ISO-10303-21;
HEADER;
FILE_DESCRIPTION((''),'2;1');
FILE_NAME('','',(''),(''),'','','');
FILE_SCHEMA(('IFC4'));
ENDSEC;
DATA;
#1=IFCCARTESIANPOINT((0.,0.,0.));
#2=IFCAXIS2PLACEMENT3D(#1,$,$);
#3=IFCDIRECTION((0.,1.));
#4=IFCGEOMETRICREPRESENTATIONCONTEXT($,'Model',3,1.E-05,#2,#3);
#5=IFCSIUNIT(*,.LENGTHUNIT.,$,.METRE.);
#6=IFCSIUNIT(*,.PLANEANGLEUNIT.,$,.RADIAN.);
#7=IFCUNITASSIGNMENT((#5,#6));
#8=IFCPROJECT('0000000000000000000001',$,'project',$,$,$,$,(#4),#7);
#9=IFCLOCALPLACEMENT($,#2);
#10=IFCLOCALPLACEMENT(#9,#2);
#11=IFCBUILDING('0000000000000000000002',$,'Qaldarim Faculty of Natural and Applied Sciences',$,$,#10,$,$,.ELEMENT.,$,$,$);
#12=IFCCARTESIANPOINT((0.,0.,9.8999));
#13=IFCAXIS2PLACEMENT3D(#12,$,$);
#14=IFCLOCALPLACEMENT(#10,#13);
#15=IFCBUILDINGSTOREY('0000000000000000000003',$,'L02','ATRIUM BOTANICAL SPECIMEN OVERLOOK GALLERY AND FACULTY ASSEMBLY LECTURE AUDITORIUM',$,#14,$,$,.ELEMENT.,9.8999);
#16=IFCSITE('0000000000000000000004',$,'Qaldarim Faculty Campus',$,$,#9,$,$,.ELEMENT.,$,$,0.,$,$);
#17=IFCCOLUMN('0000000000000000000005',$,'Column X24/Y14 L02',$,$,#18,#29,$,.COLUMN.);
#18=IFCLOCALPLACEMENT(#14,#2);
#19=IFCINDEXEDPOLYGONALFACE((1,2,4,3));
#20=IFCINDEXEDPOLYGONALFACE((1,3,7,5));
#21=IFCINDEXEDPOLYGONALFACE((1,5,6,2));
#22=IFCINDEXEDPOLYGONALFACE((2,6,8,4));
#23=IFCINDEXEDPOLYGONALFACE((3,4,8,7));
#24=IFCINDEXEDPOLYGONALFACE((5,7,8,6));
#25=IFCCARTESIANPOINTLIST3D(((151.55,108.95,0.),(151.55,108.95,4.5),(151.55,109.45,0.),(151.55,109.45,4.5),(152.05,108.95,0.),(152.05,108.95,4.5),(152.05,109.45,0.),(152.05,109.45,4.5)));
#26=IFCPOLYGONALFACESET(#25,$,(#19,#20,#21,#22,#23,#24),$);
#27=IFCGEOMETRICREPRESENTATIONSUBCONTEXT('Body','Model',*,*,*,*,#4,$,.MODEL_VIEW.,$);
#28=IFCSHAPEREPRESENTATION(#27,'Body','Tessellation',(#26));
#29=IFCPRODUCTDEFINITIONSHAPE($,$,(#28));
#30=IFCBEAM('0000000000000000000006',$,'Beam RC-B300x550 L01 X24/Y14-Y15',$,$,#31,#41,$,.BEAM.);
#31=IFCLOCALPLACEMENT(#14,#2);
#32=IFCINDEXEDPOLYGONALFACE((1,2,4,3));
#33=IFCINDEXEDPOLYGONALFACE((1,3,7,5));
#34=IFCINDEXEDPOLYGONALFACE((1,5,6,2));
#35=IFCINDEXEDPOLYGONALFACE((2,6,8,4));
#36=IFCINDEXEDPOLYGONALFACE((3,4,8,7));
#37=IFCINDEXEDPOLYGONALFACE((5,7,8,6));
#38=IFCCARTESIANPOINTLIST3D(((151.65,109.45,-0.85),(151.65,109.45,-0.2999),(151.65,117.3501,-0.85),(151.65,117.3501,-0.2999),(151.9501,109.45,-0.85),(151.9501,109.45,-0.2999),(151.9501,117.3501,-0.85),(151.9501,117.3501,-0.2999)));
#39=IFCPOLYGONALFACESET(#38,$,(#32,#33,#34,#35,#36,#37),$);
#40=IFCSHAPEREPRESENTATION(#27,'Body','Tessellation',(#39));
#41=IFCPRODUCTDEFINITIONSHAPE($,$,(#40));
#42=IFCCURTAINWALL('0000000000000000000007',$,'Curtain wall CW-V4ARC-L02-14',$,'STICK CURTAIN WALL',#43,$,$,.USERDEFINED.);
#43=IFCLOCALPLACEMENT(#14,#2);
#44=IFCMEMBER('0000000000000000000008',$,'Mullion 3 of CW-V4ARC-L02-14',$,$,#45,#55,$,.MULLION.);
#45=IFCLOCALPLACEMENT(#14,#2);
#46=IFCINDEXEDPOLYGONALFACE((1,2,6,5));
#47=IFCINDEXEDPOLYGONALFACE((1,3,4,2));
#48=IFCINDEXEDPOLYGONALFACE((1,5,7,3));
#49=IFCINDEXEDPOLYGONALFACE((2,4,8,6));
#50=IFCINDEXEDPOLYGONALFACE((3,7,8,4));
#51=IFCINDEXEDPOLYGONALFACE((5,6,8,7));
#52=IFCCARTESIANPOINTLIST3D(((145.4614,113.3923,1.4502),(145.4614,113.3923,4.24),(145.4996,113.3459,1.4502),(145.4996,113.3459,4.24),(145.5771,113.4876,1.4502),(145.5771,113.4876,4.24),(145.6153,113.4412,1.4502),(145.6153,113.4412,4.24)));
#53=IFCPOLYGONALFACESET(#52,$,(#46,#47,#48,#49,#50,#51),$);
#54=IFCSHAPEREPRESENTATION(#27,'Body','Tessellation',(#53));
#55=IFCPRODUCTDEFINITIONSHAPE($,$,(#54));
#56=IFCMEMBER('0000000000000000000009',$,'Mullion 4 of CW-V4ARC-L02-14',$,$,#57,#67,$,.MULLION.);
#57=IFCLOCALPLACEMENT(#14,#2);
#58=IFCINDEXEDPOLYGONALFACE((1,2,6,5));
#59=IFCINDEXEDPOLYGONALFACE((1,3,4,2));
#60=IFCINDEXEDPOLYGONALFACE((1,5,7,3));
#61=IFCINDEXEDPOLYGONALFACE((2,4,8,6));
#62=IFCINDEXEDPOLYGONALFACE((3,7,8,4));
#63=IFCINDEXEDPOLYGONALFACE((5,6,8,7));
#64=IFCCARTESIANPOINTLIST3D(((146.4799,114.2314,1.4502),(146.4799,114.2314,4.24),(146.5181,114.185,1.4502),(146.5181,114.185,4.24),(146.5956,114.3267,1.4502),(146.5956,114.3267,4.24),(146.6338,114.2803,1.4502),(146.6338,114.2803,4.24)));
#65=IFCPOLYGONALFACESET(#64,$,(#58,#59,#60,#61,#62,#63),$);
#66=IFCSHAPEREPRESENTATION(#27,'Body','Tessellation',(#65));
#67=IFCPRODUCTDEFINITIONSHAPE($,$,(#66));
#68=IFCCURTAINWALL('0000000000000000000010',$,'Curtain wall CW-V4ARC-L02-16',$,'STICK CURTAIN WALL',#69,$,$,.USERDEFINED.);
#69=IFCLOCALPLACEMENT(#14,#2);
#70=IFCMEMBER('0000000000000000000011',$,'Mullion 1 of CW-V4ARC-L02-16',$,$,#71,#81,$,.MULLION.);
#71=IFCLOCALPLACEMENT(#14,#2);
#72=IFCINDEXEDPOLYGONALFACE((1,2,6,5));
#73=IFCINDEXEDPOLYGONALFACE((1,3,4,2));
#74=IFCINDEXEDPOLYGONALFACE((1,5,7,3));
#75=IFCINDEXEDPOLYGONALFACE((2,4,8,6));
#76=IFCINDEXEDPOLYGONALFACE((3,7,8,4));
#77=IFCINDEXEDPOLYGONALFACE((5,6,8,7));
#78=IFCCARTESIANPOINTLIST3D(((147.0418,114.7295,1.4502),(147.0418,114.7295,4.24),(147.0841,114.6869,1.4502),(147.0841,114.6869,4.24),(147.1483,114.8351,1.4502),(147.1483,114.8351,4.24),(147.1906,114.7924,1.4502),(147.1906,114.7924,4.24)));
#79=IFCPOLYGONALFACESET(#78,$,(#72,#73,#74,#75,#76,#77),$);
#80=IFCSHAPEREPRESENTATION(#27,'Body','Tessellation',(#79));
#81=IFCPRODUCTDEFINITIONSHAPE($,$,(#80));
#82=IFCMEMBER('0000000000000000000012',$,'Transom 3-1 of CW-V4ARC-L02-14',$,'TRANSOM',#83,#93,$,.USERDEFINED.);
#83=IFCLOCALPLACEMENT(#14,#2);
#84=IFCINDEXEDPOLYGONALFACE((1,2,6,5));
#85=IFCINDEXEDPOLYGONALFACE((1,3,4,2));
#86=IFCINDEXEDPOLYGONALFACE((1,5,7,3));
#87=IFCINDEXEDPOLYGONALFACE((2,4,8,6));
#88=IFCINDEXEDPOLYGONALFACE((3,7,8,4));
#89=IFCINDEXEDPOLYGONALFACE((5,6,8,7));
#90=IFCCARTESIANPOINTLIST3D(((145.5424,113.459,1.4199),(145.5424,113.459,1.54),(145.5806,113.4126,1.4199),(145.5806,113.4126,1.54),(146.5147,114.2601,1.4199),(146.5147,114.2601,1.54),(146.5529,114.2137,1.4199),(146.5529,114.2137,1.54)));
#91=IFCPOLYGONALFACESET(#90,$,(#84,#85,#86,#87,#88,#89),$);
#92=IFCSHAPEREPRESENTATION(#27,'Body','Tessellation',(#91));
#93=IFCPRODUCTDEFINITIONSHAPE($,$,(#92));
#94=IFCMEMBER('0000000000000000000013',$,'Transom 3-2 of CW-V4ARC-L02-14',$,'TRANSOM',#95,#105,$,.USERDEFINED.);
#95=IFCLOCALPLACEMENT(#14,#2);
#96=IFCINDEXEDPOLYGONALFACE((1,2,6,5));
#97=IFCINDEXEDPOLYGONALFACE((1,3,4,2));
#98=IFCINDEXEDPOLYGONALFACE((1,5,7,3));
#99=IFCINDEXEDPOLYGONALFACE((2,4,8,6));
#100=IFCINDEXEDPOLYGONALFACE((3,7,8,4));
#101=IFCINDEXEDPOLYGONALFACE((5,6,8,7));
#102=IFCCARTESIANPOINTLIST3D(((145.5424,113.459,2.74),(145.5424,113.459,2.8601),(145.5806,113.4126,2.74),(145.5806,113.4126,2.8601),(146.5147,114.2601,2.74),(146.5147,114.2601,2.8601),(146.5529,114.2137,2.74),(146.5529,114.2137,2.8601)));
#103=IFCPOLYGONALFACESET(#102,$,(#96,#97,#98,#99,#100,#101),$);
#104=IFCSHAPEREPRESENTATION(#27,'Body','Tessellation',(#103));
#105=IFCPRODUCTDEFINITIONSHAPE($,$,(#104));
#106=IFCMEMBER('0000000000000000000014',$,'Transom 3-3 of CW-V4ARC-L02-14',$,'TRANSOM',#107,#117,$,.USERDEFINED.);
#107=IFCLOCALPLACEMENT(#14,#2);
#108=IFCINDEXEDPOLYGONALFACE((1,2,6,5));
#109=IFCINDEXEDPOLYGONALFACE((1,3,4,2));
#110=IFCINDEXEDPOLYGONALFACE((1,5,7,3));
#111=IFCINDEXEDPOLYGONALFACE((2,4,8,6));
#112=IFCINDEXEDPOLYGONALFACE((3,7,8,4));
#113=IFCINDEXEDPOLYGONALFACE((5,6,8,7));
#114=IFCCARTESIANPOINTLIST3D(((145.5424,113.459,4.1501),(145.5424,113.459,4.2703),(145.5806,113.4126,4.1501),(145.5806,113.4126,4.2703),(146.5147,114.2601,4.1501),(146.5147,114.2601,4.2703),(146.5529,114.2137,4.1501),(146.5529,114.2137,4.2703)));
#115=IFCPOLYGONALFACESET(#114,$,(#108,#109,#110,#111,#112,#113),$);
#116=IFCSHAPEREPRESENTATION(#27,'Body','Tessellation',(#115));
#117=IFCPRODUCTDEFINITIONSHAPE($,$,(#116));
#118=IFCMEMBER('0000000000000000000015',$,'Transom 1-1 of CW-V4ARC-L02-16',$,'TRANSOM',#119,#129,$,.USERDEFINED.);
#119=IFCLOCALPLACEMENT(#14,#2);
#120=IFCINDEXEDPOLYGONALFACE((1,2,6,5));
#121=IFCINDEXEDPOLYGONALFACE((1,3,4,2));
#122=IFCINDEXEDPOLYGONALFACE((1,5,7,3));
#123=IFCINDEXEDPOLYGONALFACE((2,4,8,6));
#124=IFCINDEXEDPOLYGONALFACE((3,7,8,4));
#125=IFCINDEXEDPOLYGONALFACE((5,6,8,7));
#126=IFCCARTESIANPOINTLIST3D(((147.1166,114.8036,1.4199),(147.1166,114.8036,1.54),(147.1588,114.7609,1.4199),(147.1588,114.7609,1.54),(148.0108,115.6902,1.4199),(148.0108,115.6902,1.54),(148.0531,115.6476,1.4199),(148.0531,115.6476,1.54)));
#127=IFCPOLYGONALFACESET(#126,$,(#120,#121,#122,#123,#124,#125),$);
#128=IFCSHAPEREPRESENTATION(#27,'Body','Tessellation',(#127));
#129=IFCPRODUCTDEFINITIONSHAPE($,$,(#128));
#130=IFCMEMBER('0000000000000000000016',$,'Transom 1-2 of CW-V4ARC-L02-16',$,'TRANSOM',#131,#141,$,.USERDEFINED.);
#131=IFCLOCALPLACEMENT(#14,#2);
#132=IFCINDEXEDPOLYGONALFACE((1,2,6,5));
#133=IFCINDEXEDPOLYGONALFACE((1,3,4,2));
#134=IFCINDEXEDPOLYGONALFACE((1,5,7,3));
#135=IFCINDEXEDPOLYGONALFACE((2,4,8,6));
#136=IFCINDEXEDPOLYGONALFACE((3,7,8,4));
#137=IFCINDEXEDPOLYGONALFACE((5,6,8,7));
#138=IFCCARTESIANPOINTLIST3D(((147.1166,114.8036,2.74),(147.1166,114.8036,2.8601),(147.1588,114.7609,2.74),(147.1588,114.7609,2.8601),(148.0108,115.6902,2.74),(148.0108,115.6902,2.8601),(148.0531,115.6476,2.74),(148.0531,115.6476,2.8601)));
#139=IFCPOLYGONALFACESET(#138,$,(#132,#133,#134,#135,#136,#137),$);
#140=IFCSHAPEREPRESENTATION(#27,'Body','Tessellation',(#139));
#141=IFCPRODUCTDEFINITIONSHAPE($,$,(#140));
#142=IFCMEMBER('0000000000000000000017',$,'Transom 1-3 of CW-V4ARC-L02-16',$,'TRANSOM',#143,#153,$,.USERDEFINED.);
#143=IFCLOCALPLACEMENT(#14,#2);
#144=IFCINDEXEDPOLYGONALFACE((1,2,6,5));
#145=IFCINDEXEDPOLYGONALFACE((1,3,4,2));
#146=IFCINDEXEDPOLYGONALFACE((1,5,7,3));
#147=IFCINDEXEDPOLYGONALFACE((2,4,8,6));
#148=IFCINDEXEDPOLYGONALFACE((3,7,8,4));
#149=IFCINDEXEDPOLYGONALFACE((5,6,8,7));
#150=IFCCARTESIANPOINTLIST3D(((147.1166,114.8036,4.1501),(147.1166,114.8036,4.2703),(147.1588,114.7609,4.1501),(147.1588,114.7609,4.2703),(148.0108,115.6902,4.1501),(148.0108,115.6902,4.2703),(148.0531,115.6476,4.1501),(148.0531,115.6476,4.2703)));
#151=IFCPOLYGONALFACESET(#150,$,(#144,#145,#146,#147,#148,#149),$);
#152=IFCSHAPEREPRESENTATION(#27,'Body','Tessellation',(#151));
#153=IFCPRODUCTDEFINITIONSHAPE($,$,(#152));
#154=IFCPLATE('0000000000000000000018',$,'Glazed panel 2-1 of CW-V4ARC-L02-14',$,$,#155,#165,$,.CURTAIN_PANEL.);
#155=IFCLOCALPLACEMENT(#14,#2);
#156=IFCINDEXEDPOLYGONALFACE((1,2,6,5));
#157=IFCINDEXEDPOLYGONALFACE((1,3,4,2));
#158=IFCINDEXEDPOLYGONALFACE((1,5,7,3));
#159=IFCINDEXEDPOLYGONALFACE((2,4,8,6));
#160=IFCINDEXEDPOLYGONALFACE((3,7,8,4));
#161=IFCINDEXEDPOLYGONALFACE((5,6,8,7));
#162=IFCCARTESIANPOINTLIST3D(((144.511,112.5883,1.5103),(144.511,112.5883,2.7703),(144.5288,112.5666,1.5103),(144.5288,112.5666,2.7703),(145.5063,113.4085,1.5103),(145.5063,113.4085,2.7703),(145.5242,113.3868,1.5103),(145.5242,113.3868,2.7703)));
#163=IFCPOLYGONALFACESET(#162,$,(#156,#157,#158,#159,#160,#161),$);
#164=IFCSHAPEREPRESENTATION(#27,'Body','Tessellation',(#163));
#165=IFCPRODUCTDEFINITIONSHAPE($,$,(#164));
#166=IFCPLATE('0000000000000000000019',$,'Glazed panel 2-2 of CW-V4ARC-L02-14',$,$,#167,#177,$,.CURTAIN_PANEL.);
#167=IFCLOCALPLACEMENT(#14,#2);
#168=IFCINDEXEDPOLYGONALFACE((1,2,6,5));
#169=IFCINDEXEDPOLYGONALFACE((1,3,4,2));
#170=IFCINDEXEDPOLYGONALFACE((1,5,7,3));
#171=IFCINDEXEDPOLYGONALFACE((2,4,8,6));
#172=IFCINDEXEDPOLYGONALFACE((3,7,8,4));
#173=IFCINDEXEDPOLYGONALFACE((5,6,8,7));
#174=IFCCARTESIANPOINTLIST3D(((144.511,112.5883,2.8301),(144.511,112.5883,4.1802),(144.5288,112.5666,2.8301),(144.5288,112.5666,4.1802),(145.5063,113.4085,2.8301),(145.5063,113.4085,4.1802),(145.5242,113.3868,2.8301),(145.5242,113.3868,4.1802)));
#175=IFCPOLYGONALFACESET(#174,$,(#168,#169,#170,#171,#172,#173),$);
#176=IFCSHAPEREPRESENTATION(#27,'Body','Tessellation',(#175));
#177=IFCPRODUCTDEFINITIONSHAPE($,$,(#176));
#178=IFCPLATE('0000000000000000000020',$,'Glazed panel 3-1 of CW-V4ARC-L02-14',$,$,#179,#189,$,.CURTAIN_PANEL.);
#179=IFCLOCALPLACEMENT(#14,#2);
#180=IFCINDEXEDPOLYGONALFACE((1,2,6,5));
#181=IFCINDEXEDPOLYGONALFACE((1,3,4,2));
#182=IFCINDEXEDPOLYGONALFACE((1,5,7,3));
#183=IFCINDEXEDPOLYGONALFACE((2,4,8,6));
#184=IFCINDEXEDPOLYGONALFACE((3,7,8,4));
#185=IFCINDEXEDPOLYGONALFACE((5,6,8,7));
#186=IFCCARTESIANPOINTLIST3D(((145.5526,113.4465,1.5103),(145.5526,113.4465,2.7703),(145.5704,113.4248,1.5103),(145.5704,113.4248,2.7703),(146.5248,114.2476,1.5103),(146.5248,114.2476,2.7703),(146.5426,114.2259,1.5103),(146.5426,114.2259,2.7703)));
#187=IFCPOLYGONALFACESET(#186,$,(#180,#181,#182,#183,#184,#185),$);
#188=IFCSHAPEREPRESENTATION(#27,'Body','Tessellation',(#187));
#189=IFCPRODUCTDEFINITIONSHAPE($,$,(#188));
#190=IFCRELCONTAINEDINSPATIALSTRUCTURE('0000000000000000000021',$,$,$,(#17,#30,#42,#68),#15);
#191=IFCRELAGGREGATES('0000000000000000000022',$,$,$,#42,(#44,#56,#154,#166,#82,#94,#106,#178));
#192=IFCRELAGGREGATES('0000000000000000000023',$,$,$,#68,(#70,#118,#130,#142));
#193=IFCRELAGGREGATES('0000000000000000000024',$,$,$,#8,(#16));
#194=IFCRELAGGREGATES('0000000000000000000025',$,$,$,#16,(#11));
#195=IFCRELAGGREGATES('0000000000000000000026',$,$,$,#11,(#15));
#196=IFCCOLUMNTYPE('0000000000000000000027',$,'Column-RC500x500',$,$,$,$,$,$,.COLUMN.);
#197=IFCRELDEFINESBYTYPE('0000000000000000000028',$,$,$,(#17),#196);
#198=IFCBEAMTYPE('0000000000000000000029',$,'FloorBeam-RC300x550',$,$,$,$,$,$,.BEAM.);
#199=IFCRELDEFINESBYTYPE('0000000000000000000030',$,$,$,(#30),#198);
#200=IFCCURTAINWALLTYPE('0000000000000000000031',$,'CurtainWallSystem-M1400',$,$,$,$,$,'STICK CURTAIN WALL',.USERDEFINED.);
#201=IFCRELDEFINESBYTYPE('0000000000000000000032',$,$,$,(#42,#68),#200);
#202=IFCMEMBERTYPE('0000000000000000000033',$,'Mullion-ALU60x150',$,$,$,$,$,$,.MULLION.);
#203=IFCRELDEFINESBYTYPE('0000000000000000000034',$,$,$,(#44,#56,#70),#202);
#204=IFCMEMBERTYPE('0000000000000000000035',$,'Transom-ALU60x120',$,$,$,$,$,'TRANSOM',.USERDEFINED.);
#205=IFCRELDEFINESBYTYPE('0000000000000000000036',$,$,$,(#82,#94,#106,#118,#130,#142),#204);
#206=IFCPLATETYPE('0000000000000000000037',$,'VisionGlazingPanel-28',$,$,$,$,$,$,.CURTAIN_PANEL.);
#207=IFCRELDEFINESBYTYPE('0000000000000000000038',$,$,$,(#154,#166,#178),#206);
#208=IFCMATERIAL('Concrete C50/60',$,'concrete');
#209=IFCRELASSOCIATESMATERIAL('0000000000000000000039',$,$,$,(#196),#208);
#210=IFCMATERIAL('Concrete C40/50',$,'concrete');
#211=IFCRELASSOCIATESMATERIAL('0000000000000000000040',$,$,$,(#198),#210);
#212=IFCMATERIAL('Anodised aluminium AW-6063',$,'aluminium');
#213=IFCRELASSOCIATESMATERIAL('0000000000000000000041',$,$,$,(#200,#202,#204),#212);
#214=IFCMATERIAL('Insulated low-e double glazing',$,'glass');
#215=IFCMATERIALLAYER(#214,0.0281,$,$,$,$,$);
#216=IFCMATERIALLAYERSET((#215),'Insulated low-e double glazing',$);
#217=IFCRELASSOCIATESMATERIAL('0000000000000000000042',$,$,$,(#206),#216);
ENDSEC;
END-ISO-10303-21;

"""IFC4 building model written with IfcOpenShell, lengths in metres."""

from ifc_helpers import new_model, si_unit, direction, frame, origin, origin_2d, place, context, subcontext, project, spatial, rectangle, extrude, material, layer, layer_set, material_profile, profile_set, type_object, element, aggregate, save


model = new_model("IFC4")

# Units and contexts
model_context = context("Model", 3, precision=1e-05, world=origin(), true_north=direction((0.0, 1.0)))
body_context = subcontext(model_context, "Body", "Model", "MODEL_VIEW")
ifc_project = project(units=[si_unit("LENGTHUNIT", "METRE"), si_unit("PLANEANGLEUNIT", "RADIAN")], contexts=[model_context])

# Site, building, storey
site_placement = place(None, origin())
site = spatial("IfcSite", under=ifc_project, at=site_placement, Name="Qaldarim Faculty Campus", CompositionType="ELEMENT", RefElevation=0.0)
building_placement = place(site_placement, origin())
building = spatial("IfcBuilding", under=site, at=building_placement, Name="Qaldarim Faculty of Natural and Applied Sciences", CompositionType="ELEMENT")
storey_placement = place(building_placement, frame((0.0, 0.0, 9.8999)))
storey = spatial("IfcBuildingStorey", under=building, at=storey_placement, Name="L02", Description="ATRIUM BOTANICAL SPECIMEN OVERLOOK GALLERY AND FACULTY ASSEMBLY LECTURE AUDITORIUM", CompositionType="ELEMENT", Elevation=9.8999)

# Column
ifc_material_1 = material(Name="Concrete C50/60", Category="concrete")
ifc_material_profile_1 = material_profile(ifc_material_1, rectangle(XDim=0.5, YDim=0.5, at=origin_2d()), Name="RC-C500x500")
ifc_profile_set_1 = profile_set([ifc_material_profile_1], Name="Concrete C50/60")
column_type = type_object("IfcColumnType", Name="Column-RC500x500", PredefinedType="COLUMN", material=ifc_profile_set_1)
column_placement = place(storey_placement, frame((151.8, 109.2, 0.0), z_axis=(0.0, 0.0, 1.0), x_axis=(1.0, 0.0, 0.0)))
element("IfcColumn", 1, at=column_placement, inside=storey, type_object=column_type, Name="Column X24/Y14 L02", PredefinedType="COLUMN", context=body_context, shape_type="SweptSolid", body=[
    extrude(rectangle(XDim=0.5, YDim=0.5, at=origin_2d()), origin(), (0.0, 0.0, 1.0), 4.5),
])

# Beam
ifc_material_2 = material(Name="Concrete C40/50", Category="concrete")
ifc_material_profile_2 = material_profile(ifc_material_2, rectangle(XDim=0.3, YDim=0.55, at=origin_2d()), Name="RC-B300x550")
ifc_profile_set_2 = profile_set([ifc_material_profile_2], Name="Concrete C40/50")
beam_type = type_object("IfcBeamType", Name="FloorBeam-RC300x550", PredefinedType="BEAM", material=ifc_profile_set_2)
beam_placement = place(storey_placement, frame((151.8, 109.45, -0.575), z_axis=(0.0, 1.0, 0.0), x_axis=(-1.0, 0.0, 0.0)))
element("IfcBeam", 2, at=beam_placement, inside=storey, type_object=beam_type, Name="Beam RC-B300x550 L01 X24/Y14-Y15", PredefinedType="BEAM", context=body_context, shape_type="SweptSolid", body=[
    extrude(rectangle(XDim=0.3, YDim=0.55, at=origin_2d()), origin(), (0.0, 0.0, 1.0), 7.9001),
])

# Curtain wall, members
ifc_material_3 = material(Name="Anodised aluminium AW-6063", Category="aluminium")
curtain_wall_type = type_object("IfcCurtainWallType", Name="CurtainWallSystem-M1400", ElementType="STICK CURTAIN WALL", PredefinedType="USERDEFINED", material=ifc_material_3)
curtain_wall_1_placement = place(storey_placement, origin())
curtain_wall_1 = element("IfcCurtainWall", 3, at=curtain_wall_1_placement, inside=storey, type_object=curtain_wall_type, Name="Curtain wall CW-V4ARC-L02-14", ObjectType="STICK CURTAIN WALL", PredefinedType="USERDEFINED")
ifc_material_profile_3 = material_profile(ifc_material_3, rectangle(XDim=0.0601, YDim=0.1499, at=origin_2d()), Name="ALU-M60x150")
ifc_profile_set_3 = profile_set([ifc_material_profile_3], Name="Anodised aluminium AW-6063")
member_type_1 = type_object("IfcMemberType", Name="Mullion-ALU60x150", PredefinedType="MULLION", material=ifc_profile_set_3)
member_1_placement = place(storey_placement, frame((145.5383, 113.4167, 1.4502), z_axis=(0.0, 0.0, 1.0), x_axis=(-0.63593, 0.771747, 0.0)))
member_1 = element("IfcMember", 4, at=member_1_placement, type_object=member_type_1, Name="Mullion 3 of CW-V4ARC-L02-14", PredefinedType="MULLION", context=body_context, shape_type="SweptSolid", body=[
    extrude(rectangle(XDim=0.0601, YDim=0.1499, at=origin_2d()), origin(), (0.0, 0.0, 1.0), 2.7898),
])
member_2_placement = place(storey_placement, frame((146.5569, 114.2559, 1.4502), z_axis=(0.0, 0.0, 1.0), x_axis=(-0.63593, 0.771747, 0.0)))
member_2 = element("IfcMember", 5, at=member_2_placement, type_object=member_type_1, Name="Mullion 4 of CW-V4ARC-L02-14", PredefinedType="MULLION", context=body_context, shape_type="SweptSolid", body=[
    extrude(rectangle(XDim=0.0601, YDim=0.1499, at=origin_2d()), origin(), (0.0, 0.0, 1.0), 2.7898),
])

# Curtain wall, member
curtain_wall_2_placement = place(storey_placement, origin())
curtain_wall_2 = element("IfcCurtainWall", 6, at=curtain_wall_2_placement, inside=storey, type_object=curtain_wall_type, Name="Curtain wall CW-V4ARC-L02-16", ObjectType="STICK CURTAIN WALL", PredefinedType="USERDEFINED")
member_3_placement = place(storey_placement, frame((147.1162, 114.761, 1.4502), z_axis=(0.0, 0.0, 1.0), x_axis=(-0.704015, 0.710185, 0.0)))
member_3 = element("IfcMember", 7, at=member_3_placement, type_object=member_type_1, Name="Mullion 1 of CW-V4ARC-L02-16", PredefinedType="MULLION", context=body_context, shape_type="SweptSolid", body=[
    extrude(rectangle(XDim=0.0601, YDim=0.1499, at=origin_2d()), origin(), (0.0, 0.0, 1.0), 2.7898),
])

# Members
ifc_material_profile_4 = material_profile(ifc_material_3, rectangle(XDim=0.0601, YDim=0.1201, at=origin_2d()), Name="ALU-T60x120")
ifc_profile_set_4 = profile_set([ifc_material_profile_4], Name="Anodised aluminium AW-6063")
member_type_2 = type_object("IfcMemberType", Name="Transom-ALU60x120", ElementType="TRANSOM", PredefinedType="USERDEFINED", material=ifc_profile_set_4)
member_4_placement = place(storey_placement, frame((145.5615, 113.4358, 1.48), z_axis=(0.771768, 0.635904, 0.0), x_axis=(-0.635904, 0.771768, 0.0)))
member_4 = element("IfcMember", 8, at=member_4_placement, type_object=member_type_2, Name="Transom 3-1 of CW-V4ARC-L02-14", ObjectType="TRANSOM", PredefinedType="USERDEFINED", context=body_context, shape_type="SweptSolid", body=[
    extrude(rectangle(XDim=0.0601, YDim=0.1201, at=origin_2d()), origin(), (0.0, 0.0, 1.0), 1.2598),
])
member_5_placement = place(storey_placement, frame((145.5615, 113.4358, 2.8), z_axis=(0.771768, 0.635904, 0.0), x_axis=(-0.635904, 0.771768, 0.0)))
member_5 = element("IfcMember", 9, at=member_5_placement, type_object=member_type_2, Name="Transom 3-2 of CW-V4ARC-L02-14", ObjectType="TRANSOM", PredefinedType="USERDEFINED", context=body_context, shape_type="SweptSolid", body=[
    extrude(rectangle(XDim=0.0601, YDim=0.1201, at=origin_2d()), origin(), (0.0, 0.0, 1.0), 1.2598),
])
member_6_placement = place(storey_placement, frame((145.5615, 113.4358, 4.2102), z_axis=(0.771768, 0.635904, 0.0), x_axis=(-0.635904, 0.771768, 0.0)))
member_6 = element("IfcMember", 10, at=member_6_placement, type_object=member_type_2, Name="Transom 3-3 of CW-V4ARC-L02-14", ObjectType="TRANSOM", PredefinedType="USERDEFINED", context=body_context, shape_type="SweptSolid", body=[
    extrude(rectangle(XDim=0.0601, YDim=0.1201, at=origin_2d()), origin(), (0.0, 0.0, 1.0), 1.2598),
])
member_7_placement = place(storey_placement, frame((147.1377, 114.7822, 1.48), z_axis=(0.710105, 0.704096, 0.0), x_axis=(-0.704096, 0.710105, 0.0)))
member_7 = element("IfcMember", 11, at=member_7_placement, type_object=member_type_2, Name="Transom 1-1 of CW-V4ARC-L02-16", ObjectType="TRANSOM", PredefinedType="USERDEFINED", context=body_context, shape_type="SweptSolid", body=[
    extrude(rectangle(XDim=0.0601, YDim=0.1201, at=origin_2d()), origin(), (0.0, 0.0, 1.0), 1.2593),
])
member_8_placement = place(storey_placement, frame((147.1377, 114.7822, 2.8), z_axis=(0.710105, 0.704096, 0.0), x_axis=(-0.704096, 0.710105, 0.0)))
member_8 = element("IfcMember", 12, at=member_8_placement, type_object=member_type_2, Name="Transom 1-2 of CW-V4ARC-L02-16", ObjectType="TRANSOM", PredefinedType="USERDEFINED", context=body_context, shape_type="SweptSolid", body=[
    extrude(rectangle(XDim=0.0601, YDim=0.1201, at=origin_2d()), origin(), (0.0, 0.0, 1.0), 1.2593),
])
member_9_placement = place(storey_placement, frame((147.1377, 114.7822, 4.2102), z_axis=(0.710105, 0.704096, 0.0), x_axis=(-0.704096, 0.710105, 0.0)))
member_9 = element("IfcMember", 13, at=member_9_placement, type_object=member_type_2, Name="Transom 1-3 of CW-V4ARC-L02-16", ObjectType="TRANSOM", PredefinedType="USERDEFINED", context=body_context, shape_type="SweptSolid", body=[
    extrude(rectangle(XDim=0.0601, YDim=0.1201, at=origin_2d()), origin(), (0.0, 0.0, 1.0), 1.2593),
])

# Plates
ifc_material_4 = material(Name="Insulated low-e double glazing", Category="glass")
ifc_layer_1 = layer(ifc_material_4, 0.0281)
ifc_layer_set_1 = layer_set([ifc_layer_1], Name="Insulated low-e double glazing")
plate_type = type_object("IfcPlateType", Name="VisionGlazingPanel-28", PredefinedType="CURTAIN_PANEL", material=ifc_layer_set_1)
plate_1_placement = place(storey_placement, frame((145.0176, 112.9875, 1.5103), z_axis=(0.0, 0.0, 1.0), x_axis=(0.771747, 0.63593, 0.0)))
plate_1 = element("IfcPlate", 14, at=plate_1_placement, type_object=plate_type, Name="Glazed panel 2-1 of CW-V4ARC-L02-14", PredefinedType="CURTAIN_PANEL", context=body_context, shape_type="SweptSolid", body=[
    extrude(rectangle(XDim=1.2898, YDim=0.0281, at=origin_2d()), origin(), (0.0, 0.0, 1.0), 1.26),
])
plate_2_placement = place(storey_placement, frame((145.0176, 112.9875, 2.8301), z_axis=(0.0, 0.0, 1.0), x_axis=(0.771747, 0.63593, 0.0)))
plate_2 = element("IfcPlate", 15, at=plate_2_placement, type_object=plate_type, Name="Glazed panel 2-2 of CW-V4ARC-L02-14", PredefinedType="CURTAIN_PANEL", context=body_context, shape_type="SweptSolid", body=[
    extrude(rectangle(XDim=1.2898, YDim=0.0281, at=origin_2d()), origin(), (0.0, 0.0, 1.0), 1.3501),
])
plate_3_placement = place(storey_placement, frame((146.0476, 113.8362, 1.5103), z_axis=(0.0, 0.0, 1.0), x_axis=(0.771747, 0.63593, 0.0)))
plate_3 = element("IfcPlate", 16, at=plate_3_placement, type_object=plate_type, Name="Glazed panel 3-1 of CW-V4ARC-L02-14", PredefinedType="CURTAIN_PANEL", context=body_context, shape_type="SweptSolid", body=[
    extrude(rectangle(XDim=1.2598, YDim=0.0281, at=origin_2d()), origin(), (0.0, 0.0, 1.0), 1.26),
])
aggregate(curtain_wall_1, [member_1, member_2, plate_1, plate_2, member_4, member_5, member_6, plate_3])
aggregate(curtain_wall_2, [member_3, member_7, member_8, member_9])

save(model, "model.ifc")
